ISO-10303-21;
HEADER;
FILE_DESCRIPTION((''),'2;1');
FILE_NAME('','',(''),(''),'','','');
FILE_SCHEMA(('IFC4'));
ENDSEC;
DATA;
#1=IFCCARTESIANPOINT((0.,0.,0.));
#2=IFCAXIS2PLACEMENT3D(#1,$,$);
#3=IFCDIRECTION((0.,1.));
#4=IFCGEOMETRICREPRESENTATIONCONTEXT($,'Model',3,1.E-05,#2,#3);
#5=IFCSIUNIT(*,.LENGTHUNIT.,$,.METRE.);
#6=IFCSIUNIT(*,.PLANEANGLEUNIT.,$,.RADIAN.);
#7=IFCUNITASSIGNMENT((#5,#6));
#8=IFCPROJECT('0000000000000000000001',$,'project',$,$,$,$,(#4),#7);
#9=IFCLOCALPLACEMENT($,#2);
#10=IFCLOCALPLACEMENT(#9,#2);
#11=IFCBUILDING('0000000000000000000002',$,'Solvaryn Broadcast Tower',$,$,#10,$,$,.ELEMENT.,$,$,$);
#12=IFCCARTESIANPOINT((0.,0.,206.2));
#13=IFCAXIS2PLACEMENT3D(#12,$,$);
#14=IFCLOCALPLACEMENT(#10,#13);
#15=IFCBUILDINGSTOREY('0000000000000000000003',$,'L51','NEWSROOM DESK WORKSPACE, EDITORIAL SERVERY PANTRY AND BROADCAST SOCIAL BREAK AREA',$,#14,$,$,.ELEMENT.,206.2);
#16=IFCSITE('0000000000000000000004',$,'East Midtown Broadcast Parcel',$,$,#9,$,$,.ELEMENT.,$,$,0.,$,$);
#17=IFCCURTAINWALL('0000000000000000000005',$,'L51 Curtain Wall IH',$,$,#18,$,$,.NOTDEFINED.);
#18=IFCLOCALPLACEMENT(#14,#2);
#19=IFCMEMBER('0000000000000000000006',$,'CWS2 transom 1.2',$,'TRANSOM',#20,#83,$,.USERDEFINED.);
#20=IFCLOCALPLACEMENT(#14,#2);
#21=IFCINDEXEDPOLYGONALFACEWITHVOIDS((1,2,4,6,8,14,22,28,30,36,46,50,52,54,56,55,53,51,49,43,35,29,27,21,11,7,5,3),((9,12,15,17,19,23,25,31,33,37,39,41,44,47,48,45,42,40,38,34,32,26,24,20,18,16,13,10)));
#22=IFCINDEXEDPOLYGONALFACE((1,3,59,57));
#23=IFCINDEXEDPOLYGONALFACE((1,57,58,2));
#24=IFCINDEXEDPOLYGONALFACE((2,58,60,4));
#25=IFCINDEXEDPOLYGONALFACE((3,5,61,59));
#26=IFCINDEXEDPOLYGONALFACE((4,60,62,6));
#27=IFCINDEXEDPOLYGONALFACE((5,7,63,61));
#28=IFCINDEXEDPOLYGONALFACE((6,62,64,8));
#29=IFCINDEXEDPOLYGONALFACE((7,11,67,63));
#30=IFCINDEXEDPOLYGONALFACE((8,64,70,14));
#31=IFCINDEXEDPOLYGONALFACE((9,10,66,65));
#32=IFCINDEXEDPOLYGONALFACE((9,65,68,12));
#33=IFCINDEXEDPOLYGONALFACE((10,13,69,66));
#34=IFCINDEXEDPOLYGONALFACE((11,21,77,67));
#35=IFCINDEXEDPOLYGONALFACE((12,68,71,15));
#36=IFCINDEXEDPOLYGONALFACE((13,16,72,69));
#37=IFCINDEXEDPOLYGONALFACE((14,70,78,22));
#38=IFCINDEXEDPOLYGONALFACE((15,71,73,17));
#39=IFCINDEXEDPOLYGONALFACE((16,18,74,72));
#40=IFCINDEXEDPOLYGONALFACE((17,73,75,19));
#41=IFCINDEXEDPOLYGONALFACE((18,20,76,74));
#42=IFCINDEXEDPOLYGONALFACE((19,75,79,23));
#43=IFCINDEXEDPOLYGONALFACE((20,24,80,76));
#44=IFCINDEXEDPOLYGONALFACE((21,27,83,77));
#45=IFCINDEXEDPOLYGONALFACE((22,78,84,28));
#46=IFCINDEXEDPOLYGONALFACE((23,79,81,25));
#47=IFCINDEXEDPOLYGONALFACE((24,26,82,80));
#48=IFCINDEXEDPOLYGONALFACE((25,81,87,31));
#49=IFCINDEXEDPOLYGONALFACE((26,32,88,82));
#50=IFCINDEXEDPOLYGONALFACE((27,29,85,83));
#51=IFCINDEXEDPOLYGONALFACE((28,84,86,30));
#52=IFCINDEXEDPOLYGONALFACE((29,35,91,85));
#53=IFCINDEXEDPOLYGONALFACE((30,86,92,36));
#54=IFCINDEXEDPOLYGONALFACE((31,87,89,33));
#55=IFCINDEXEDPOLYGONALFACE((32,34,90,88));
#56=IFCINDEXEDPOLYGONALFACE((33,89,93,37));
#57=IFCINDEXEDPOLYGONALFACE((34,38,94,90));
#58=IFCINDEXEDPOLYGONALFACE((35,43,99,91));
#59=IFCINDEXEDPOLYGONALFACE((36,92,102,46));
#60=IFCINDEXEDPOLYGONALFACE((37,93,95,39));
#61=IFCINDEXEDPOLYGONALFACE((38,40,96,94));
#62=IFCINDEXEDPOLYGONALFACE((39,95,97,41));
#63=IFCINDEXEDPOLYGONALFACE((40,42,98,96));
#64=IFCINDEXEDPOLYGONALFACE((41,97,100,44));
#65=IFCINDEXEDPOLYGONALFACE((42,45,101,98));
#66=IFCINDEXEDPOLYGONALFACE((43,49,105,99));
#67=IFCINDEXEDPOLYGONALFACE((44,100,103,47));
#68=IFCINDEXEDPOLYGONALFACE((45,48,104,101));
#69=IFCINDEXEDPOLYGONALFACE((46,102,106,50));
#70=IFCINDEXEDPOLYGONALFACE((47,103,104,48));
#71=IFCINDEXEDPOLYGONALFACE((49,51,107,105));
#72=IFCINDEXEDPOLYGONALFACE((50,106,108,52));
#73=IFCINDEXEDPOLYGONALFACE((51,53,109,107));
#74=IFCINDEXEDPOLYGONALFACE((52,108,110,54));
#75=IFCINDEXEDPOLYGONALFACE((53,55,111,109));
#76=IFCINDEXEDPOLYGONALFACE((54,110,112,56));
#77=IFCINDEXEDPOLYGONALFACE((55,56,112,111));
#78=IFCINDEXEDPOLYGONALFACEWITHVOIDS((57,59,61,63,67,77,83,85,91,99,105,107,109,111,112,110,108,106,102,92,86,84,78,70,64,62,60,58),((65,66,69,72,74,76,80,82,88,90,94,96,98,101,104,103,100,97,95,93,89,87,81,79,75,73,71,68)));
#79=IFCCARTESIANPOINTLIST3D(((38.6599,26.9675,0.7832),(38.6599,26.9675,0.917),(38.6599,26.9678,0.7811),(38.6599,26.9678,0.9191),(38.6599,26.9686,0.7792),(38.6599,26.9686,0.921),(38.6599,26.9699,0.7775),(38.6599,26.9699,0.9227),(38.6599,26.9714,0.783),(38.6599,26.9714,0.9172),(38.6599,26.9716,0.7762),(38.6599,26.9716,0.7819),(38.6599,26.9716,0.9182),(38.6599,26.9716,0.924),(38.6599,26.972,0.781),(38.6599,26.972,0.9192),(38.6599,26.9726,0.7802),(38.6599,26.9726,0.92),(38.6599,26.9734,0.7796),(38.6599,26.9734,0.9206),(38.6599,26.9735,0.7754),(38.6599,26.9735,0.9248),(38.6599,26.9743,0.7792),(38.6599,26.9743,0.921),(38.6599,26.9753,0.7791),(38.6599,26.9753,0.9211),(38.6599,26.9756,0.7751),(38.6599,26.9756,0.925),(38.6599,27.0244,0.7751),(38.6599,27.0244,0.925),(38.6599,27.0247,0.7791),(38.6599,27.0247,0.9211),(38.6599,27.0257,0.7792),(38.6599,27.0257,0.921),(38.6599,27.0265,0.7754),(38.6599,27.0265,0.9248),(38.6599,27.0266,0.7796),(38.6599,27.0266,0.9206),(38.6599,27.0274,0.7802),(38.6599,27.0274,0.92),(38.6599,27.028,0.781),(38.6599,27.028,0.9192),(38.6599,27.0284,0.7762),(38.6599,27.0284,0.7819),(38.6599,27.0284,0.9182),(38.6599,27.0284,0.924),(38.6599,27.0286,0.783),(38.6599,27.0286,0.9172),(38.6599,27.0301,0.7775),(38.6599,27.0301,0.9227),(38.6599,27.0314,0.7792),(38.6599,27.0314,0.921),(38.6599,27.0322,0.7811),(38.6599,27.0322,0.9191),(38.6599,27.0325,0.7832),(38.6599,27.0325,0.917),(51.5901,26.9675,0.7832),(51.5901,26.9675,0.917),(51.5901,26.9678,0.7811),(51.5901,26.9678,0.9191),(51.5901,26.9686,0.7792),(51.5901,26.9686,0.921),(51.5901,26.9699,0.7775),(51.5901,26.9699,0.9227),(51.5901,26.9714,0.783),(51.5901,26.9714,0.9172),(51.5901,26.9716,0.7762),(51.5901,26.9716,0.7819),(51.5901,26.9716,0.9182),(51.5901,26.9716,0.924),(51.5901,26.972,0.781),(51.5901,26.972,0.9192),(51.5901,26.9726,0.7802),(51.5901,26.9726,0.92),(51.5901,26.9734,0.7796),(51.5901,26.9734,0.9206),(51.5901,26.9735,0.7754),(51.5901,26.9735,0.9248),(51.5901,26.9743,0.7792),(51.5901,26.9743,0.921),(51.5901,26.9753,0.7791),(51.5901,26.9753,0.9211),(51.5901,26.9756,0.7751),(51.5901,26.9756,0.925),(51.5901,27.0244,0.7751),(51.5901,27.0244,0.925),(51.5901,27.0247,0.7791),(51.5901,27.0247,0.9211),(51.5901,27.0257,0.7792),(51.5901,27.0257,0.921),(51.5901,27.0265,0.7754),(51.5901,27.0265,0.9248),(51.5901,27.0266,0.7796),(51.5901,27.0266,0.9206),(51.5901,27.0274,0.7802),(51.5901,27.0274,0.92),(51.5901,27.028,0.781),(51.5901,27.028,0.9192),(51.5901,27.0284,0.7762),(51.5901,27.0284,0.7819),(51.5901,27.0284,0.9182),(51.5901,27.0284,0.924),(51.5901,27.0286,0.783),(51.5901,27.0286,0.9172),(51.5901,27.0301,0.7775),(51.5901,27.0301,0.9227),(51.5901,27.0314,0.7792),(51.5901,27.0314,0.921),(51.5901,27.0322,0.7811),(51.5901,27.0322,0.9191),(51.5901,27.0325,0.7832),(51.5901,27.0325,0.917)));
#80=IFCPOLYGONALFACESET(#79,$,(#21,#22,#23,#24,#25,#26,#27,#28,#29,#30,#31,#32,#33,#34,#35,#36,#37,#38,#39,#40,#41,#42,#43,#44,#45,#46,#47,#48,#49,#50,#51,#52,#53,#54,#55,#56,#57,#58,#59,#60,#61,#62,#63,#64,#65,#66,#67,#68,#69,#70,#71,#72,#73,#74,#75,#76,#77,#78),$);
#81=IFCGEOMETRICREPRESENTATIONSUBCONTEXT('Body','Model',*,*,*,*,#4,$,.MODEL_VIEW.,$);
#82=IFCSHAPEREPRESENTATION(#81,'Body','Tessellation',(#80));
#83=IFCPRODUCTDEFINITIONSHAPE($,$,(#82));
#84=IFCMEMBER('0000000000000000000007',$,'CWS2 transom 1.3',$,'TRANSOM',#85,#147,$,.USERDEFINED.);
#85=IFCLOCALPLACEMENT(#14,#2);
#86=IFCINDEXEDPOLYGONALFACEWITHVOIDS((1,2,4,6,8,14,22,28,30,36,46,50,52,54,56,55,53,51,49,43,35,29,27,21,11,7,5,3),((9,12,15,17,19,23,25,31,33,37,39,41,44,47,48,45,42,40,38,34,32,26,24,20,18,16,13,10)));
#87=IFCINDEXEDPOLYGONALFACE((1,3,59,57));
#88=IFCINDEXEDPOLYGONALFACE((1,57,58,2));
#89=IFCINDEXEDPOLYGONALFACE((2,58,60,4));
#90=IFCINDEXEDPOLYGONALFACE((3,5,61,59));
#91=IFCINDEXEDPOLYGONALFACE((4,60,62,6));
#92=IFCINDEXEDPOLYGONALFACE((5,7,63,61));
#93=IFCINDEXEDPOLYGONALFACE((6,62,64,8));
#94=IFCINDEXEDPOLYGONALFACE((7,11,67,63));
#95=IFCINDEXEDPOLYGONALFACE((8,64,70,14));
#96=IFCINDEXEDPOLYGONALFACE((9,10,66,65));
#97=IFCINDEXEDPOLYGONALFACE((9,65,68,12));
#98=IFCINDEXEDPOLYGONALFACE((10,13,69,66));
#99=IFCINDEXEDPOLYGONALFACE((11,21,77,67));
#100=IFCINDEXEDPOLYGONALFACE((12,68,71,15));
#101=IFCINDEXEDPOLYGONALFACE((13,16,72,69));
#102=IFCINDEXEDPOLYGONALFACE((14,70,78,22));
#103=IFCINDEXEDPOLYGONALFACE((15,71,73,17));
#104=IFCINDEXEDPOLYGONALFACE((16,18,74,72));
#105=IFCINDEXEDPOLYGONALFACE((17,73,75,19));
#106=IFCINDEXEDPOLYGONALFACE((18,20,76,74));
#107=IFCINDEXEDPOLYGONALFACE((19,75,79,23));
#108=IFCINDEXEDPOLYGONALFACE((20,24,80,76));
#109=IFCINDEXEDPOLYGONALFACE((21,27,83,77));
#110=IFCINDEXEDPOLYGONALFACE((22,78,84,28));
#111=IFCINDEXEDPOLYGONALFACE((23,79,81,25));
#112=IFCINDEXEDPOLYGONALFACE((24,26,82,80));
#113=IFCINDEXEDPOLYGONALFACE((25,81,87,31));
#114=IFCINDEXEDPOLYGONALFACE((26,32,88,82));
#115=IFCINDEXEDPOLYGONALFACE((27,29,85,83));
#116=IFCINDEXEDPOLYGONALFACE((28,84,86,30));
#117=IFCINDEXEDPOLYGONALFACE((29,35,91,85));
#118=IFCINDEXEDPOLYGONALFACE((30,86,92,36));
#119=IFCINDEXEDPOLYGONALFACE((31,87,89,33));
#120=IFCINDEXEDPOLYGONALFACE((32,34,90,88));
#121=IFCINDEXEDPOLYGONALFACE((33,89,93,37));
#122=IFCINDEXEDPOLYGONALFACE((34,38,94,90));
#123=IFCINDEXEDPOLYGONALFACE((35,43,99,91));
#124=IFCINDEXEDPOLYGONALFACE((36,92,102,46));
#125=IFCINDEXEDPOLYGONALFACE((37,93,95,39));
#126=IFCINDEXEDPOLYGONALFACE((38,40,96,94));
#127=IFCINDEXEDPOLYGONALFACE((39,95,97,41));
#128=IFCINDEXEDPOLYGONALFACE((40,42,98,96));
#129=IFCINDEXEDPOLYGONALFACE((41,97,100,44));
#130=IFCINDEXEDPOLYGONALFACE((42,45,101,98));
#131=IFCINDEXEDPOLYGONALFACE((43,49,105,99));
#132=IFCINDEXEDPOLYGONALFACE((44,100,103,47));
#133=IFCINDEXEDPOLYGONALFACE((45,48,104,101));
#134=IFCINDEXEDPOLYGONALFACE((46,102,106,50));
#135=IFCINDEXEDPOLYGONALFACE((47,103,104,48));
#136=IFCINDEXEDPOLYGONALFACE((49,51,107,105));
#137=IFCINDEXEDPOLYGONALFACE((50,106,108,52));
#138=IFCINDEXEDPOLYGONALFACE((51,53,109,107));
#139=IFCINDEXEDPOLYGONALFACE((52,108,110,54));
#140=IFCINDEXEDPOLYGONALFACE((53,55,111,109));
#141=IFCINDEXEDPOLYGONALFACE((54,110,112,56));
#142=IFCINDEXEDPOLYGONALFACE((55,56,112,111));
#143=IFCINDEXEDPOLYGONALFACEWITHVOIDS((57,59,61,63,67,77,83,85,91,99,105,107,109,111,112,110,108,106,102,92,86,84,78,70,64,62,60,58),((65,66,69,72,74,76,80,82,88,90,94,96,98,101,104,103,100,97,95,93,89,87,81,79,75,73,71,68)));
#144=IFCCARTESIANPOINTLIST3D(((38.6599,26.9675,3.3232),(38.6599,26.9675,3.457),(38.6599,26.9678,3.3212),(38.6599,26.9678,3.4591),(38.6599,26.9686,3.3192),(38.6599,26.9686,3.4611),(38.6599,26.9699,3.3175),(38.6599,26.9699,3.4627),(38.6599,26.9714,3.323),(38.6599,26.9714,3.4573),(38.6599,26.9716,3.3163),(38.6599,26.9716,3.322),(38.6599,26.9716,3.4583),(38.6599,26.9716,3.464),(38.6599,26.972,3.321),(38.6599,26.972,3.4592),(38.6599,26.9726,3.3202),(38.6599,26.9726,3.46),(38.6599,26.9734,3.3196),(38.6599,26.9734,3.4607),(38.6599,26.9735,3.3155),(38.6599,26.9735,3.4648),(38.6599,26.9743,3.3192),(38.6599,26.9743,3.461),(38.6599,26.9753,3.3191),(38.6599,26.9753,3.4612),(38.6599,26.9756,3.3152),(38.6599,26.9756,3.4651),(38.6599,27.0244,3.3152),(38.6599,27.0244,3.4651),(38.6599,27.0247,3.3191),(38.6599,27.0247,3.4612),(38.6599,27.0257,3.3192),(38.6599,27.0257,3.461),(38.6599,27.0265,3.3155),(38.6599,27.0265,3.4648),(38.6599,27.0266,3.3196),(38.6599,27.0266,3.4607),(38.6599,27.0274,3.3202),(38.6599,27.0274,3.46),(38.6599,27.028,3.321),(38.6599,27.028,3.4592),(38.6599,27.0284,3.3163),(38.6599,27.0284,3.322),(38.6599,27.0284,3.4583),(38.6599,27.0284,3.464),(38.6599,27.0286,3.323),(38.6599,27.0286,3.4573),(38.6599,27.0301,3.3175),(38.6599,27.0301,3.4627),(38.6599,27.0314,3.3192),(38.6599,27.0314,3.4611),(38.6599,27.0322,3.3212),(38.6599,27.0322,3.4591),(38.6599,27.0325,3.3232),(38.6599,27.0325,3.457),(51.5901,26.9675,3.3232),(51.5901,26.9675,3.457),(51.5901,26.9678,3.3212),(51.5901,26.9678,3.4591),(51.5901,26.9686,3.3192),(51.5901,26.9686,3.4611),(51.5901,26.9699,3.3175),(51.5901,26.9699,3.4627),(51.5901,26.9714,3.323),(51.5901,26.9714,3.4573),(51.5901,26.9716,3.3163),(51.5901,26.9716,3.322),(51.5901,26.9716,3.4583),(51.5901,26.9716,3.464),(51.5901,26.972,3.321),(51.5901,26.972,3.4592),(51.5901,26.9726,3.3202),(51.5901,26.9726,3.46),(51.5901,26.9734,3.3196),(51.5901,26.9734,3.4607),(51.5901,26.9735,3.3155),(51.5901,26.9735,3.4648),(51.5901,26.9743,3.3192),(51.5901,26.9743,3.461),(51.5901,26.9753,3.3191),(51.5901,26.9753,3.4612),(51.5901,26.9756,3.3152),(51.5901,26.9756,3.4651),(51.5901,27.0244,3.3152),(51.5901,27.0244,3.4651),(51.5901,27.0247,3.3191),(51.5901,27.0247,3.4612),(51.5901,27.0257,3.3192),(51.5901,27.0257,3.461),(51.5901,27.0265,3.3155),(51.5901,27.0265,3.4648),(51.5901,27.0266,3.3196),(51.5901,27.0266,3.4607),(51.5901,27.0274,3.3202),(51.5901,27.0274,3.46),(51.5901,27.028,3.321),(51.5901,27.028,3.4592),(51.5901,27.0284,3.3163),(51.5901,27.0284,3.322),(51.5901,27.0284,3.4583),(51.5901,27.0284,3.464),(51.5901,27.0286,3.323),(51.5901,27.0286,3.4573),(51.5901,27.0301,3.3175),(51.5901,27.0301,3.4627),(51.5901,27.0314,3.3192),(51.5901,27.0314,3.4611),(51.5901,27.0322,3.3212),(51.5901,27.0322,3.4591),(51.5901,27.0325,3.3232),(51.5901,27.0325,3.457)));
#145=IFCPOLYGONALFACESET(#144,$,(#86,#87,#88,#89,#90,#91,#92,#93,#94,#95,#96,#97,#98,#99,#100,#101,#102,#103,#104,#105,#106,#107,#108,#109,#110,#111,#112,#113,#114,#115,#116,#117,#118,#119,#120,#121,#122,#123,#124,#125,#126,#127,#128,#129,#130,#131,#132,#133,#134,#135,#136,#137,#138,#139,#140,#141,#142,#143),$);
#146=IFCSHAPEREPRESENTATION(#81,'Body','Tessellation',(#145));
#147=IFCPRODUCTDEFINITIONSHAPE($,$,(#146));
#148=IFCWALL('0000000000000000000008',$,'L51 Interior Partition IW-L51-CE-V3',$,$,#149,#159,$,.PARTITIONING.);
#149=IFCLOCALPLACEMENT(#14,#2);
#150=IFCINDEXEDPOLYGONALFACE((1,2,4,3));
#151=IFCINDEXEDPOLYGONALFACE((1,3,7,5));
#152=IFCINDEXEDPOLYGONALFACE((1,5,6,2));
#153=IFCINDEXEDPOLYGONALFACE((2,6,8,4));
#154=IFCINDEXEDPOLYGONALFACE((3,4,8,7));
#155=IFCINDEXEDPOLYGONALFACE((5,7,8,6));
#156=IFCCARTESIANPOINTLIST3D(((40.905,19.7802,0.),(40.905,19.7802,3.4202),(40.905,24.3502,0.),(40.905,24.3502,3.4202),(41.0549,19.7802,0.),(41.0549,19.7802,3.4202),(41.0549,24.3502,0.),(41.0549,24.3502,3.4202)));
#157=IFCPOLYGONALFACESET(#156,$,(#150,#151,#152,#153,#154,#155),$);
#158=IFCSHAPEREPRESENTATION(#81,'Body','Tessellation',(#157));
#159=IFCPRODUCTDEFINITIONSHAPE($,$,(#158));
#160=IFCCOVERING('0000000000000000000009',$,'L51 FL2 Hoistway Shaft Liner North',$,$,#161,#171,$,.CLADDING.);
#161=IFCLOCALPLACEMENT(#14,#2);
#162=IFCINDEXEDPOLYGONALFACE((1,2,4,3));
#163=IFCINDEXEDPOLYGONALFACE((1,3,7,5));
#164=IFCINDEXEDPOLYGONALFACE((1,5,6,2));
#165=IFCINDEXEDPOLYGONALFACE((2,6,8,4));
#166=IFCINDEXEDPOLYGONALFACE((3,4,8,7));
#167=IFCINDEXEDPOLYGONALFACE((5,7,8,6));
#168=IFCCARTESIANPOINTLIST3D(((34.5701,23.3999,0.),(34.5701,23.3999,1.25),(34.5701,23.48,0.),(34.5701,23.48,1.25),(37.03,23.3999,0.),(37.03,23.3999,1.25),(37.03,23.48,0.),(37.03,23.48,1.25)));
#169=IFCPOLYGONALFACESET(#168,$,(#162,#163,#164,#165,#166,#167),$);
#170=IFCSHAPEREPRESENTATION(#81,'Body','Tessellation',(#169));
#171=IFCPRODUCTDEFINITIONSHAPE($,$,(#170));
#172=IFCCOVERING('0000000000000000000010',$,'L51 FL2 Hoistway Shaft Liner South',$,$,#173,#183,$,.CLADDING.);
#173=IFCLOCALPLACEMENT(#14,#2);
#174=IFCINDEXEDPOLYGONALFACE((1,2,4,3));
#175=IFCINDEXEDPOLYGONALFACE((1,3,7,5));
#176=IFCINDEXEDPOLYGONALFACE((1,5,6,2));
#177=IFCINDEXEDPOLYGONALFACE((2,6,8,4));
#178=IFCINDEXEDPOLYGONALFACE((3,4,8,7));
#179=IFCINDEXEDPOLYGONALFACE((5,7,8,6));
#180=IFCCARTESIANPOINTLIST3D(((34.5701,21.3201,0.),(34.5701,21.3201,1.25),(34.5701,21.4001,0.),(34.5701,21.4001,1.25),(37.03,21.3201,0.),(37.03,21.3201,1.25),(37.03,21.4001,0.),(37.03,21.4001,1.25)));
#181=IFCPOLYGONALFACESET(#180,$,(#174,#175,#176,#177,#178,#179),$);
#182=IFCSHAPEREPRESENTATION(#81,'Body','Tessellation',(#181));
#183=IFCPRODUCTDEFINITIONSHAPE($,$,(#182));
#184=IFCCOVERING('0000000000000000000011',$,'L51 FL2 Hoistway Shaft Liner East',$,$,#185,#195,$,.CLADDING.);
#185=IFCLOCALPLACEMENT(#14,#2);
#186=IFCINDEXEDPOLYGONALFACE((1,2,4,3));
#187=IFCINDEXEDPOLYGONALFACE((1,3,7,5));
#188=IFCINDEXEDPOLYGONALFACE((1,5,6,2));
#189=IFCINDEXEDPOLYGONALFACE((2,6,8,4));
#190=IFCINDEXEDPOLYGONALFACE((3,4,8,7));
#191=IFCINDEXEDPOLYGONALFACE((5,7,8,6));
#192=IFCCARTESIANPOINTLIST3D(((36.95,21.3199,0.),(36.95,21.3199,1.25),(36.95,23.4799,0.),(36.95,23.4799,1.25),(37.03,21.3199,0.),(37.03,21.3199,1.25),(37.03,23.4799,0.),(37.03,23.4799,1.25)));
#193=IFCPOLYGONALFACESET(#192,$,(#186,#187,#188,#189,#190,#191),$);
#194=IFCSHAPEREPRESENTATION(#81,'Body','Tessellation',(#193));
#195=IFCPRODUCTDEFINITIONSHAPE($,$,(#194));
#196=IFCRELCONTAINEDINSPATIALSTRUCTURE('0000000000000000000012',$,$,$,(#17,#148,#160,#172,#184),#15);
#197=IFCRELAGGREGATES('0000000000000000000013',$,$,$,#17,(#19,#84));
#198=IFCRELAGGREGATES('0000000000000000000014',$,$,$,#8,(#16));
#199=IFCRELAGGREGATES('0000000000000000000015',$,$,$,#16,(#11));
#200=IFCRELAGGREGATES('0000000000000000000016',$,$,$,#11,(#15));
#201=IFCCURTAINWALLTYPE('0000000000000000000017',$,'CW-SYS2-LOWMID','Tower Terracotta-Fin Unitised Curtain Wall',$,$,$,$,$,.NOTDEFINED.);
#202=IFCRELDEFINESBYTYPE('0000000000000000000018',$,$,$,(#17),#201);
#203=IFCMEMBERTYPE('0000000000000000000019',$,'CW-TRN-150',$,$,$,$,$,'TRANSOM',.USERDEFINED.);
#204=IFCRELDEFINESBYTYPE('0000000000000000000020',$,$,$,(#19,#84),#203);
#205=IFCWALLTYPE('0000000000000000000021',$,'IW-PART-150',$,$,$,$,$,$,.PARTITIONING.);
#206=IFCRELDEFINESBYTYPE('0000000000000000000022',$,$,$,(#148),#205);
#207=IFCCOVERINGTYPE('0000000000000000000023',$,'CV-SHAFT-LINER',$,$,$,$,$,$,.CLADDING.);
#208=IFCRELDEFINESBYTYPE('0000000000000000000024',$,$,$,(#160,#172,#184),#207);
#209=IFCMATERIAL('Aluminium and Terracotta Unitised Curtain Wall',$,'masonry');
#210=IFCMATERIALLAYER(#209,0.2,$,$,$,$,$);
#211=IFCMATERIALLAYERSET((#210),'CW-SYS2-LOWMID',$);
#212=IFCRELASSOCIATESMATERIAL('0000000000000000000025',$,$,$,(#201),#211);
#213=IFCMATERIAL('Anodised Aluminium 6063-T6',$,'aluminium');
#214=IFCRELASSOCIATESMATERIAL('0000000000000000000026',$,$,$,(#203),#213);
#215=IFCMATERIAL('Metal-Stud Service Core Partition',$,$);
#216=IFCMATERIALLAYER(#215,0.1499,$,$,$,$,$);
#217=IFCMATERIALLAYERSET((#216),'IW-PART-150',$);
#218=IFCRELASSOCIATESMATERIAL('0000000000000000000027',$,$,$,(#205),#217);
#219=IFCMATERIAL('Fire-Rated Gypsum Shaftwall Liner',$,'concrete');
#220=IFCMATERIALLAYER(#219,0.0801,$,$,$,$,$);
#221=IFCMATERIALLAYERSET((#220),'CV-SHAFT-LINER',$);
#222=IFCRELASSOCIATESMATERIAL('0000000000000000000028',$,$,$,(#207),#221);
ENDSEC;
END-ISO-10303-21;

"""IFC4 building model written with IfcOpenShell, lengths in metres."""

from ifc_helpers import new_model, si_unit, direction, frame, frame_2d, origin, origin_2d, place, context, subcontext, project, spatial, rectangle, hollow_rectangle, extrude, material, layer, layer_set, material_profile, profile_set, type_object, element, aggregate, save


model = new_model("IFC4")

# Units and contexts
model_context = context("Model", 3, precision=1e-05, world=origin(), true_north=direction((0.0, 1.0)))
body_context = subcontext(model_context, "Body", "Model", "MODEL_VIEW")
ifc_project = project(units=[si_unit("LENGTHUNIT", "METRE"), si_unit("PLANEANGLEUNIT", "RADIAN")], contexts=[model_context])

# Site, building, storey
site_placement = place(None, origin())
site = spatial("IfcSite", under=ifc_project, at=site_placement, Name="East Midtown Broadcast Parcel", CompositionType="ELEMENT", RefElevation=0.0)
building_placement = place(site_placement, origin())
building = spatial("IfcBuilding", under=site, at=building_placement, Name="Solvaryn Broadcast Tower", CompositionType="ELEMENT")
storey_placement = place(building_placement, frame((0.0, 0.0, 206.2)))
storey = spatial("IfcBuildingStorey", under=building, at=storey_placement, Name="L51", Description="NEWSROOM DESK WORKSPACE, EDITORIAL SERVERY PANTRY AND BROADCAST SOCIAL BREAK AREA", CompositionType="ELEMENT", Elevation=206.2)

# Curtain wall
ifc_material_1 = material(Name="Aluminium and Terracotta Unitised Curtain Wall", Category="masonry")
ifc_layer_1 = layer(ifc_material_1, 0.2)
ifc_layer_set_1 = layer_set([ifc_layer_1], Name="CW-SYS2-LOWMID")
curtain_wall_type = type_object("IfcCurtainWallType", Name="CW-SYS2-LOWMID", Description="Tower Terracotta-Fin Unitised Curtain Wall", PredefinedType="NOTDEFINED", material=ifc_layer_set_1)
curtain_wall_1_placement = place(storey_placement, origin())
curtain_wall_1 = element("IfcCurtainWall", 1, at=curtain_wall_1_placement, inside=storey, type_object=curtain_wall_type, Name="L51 Curtain Wall IH", PredefinedType="NOTDEFINED")

# Members
ifc_material_2 = material(Name="Anodised Aluminium 6063-T6", Category="aluminium")
ifc_material_profile_1 = material_profile(ifc_material_2, hollow_rectangle(XDim=0.0649, YDim=0.1499, WallThickness=0.0039, InnerFilletRadius=0.0039, OuterFilletRadius=0.0081, at=origin_2d()))
ifc_profile_set_1 = profile_set([ifc_material_profile_1], Name="Anodised Aluminium 6063-T6")
member_type_1 = type_object("IfcMemberType", Name="CW-TRN-150", ElementType="TRANSOM", PredefinedType="USERDEFINED", material=ifc_profile_set_1)
member_1_placement = place(storey_placement, frame((38.6599, 27.0, 0.8501), z_axis=(1.0, 0.0, 0.0), x_axis=(0.0, 1.0, 0.0)))
member_1 = element("IfcMember", 2, at=member_1_placement, type_object=member_type_1, Name="CWS2 transom 1.2", ObjectType="TRANSOM", PredefinedType="USERDEFINED", context=body_context, shape_type="SweptSolid", body=[
    extrude(hollow_rectangle(XDim=0.0649, YDim=0.1499, WallThickness=0.0039, InnerFilletRadius=0.0039, OuterFilletRadius=0.0081, at=origin_2d()), origin(), (0.0, 0.0, 1.0), 12.9302),
])
member_2_placement = place(storey_placement, frame((38.6599, 27.0, 3.3901), z_axis=(1.0, 0.0, 0.0), x_axis=(0.0, 1.0, 0.0)))
member_2 = element("IfcMember", 3, at=member_2_placement, type_object=member_type_1, Name="CWS2 transom 1.3", ObjectType="TRANSOM", PredefinedType="USERDEFINED", context=body_context, shape_type="SweptSolid", body=[
    extrude(hollow_rectangle(XDim=0.0649, YDim=0.1499, WallThickness=0.0039, InnerFilletRadius=0.0039, OuterFilletRadius=0.0081, at=origin_2d()), origin(), (0.0, 0.0, 1.0), 12.9302),
])
aggregate(curtain_wall_1, [member_1, member_2])

# Wall
ifc_material_3 = material(Name="Metal-Stud Service Core Partition")
ifc_layer_2 = layer(ifc_material_3, 0.1499)
ifc_layer_set_2 = layer_set([ifc_layer_2], Name="IW-PART-150")
wall_type = type_object("IfcWallType", Name="IW-PART-150", PredefinedType="PARTITIONING", material=ifc_layer_set_2)
wall_placement = place(storey_placement, frame((40.98, 19.78, 0.0), z_axis=(0.0, 0.0, 1.0), x_axis=(0.0, 1.0, 0.0)))
element("IfcWall", 4, at=wall_placement, inside=storey, type_object=wall_type, Name="L51 Interior Partition IW-L51-CE-V3", PredefinedType="PARTITIONING", context=body_context, shape_type="SweptSolid", body=[
    extrude(rectangle(XDim=4.5701, YDim=0.1499, at=frame_2d((2.2852, 0.0))), origin(), (0.0, 0.0, 1.0), 3.4202),
])

# Coverings
ifc_material_4 = material(Name="Fire-Rated Gypsum Shaftwall Liner", Category="concrete")
ifc_layer_3 = layer(ifc_material_4, 0.0801)
ifc_layer_set_3 = layer_set([ifc_layer_3], Name="CV-SHAFT-LINER")
covering_type_1 = type_object("IfcCoveringType", Name="CV-SHAFT-LINER", PredefinedType="CLADDING", material=ifc_layer_set_3)
for number, where, z_axis, x_axis, name in (
    (5, (35.8, 23.4399, 0.0), (0.0, 0.0, 1.0), (1.0, 0.0, 0.0), "L51 FL2 Hoistway Shaft Liner North"),
    (6, (35.8, 21.3601, 0.0), (0.0, 0.0, 1.0), (1.0, 0.0, 0.0), "L51 FL2 Hoistway Shaft Liner South"),
):
    element("IfcCovering", number, at=place(storey_placement, frame(where, z_axis=z_axis, x_axis=x_axis)), inside=storey, type_object=covering_type_1, Name=name, PredefinedType="CLADDING", context=body_context, shape_type="SweptSolid", body=[
        extrude(rectangle(XDim=2.46, YDim=0.0801, at=origin_2d()), origin(), (0.0, 0.0, 1.0), 1.25),
    ])
covering_placement = place(storey_placement, frame((36.99, 22.3999, 0.0), z_axis=(0.0, 0.0, 1.0), x_axis=(1.0, 0.0, 0.0)))
element("IfcCovering", 7, at=covering_placement, inside=storey, type_object=covering_type_1, Name="L51 FL2 Hoistway Shaft Liner East", PredefinedType="CLADDING", context=body_context, shape_type="SweptSolid", body=[
    extrude(rectangle(XDim=0.0801, YDim=2.1599, at=origin_2d()), origin(), (0.0, 0.0, 1.0), 1.25),
])

save(model, "model.ifc")
